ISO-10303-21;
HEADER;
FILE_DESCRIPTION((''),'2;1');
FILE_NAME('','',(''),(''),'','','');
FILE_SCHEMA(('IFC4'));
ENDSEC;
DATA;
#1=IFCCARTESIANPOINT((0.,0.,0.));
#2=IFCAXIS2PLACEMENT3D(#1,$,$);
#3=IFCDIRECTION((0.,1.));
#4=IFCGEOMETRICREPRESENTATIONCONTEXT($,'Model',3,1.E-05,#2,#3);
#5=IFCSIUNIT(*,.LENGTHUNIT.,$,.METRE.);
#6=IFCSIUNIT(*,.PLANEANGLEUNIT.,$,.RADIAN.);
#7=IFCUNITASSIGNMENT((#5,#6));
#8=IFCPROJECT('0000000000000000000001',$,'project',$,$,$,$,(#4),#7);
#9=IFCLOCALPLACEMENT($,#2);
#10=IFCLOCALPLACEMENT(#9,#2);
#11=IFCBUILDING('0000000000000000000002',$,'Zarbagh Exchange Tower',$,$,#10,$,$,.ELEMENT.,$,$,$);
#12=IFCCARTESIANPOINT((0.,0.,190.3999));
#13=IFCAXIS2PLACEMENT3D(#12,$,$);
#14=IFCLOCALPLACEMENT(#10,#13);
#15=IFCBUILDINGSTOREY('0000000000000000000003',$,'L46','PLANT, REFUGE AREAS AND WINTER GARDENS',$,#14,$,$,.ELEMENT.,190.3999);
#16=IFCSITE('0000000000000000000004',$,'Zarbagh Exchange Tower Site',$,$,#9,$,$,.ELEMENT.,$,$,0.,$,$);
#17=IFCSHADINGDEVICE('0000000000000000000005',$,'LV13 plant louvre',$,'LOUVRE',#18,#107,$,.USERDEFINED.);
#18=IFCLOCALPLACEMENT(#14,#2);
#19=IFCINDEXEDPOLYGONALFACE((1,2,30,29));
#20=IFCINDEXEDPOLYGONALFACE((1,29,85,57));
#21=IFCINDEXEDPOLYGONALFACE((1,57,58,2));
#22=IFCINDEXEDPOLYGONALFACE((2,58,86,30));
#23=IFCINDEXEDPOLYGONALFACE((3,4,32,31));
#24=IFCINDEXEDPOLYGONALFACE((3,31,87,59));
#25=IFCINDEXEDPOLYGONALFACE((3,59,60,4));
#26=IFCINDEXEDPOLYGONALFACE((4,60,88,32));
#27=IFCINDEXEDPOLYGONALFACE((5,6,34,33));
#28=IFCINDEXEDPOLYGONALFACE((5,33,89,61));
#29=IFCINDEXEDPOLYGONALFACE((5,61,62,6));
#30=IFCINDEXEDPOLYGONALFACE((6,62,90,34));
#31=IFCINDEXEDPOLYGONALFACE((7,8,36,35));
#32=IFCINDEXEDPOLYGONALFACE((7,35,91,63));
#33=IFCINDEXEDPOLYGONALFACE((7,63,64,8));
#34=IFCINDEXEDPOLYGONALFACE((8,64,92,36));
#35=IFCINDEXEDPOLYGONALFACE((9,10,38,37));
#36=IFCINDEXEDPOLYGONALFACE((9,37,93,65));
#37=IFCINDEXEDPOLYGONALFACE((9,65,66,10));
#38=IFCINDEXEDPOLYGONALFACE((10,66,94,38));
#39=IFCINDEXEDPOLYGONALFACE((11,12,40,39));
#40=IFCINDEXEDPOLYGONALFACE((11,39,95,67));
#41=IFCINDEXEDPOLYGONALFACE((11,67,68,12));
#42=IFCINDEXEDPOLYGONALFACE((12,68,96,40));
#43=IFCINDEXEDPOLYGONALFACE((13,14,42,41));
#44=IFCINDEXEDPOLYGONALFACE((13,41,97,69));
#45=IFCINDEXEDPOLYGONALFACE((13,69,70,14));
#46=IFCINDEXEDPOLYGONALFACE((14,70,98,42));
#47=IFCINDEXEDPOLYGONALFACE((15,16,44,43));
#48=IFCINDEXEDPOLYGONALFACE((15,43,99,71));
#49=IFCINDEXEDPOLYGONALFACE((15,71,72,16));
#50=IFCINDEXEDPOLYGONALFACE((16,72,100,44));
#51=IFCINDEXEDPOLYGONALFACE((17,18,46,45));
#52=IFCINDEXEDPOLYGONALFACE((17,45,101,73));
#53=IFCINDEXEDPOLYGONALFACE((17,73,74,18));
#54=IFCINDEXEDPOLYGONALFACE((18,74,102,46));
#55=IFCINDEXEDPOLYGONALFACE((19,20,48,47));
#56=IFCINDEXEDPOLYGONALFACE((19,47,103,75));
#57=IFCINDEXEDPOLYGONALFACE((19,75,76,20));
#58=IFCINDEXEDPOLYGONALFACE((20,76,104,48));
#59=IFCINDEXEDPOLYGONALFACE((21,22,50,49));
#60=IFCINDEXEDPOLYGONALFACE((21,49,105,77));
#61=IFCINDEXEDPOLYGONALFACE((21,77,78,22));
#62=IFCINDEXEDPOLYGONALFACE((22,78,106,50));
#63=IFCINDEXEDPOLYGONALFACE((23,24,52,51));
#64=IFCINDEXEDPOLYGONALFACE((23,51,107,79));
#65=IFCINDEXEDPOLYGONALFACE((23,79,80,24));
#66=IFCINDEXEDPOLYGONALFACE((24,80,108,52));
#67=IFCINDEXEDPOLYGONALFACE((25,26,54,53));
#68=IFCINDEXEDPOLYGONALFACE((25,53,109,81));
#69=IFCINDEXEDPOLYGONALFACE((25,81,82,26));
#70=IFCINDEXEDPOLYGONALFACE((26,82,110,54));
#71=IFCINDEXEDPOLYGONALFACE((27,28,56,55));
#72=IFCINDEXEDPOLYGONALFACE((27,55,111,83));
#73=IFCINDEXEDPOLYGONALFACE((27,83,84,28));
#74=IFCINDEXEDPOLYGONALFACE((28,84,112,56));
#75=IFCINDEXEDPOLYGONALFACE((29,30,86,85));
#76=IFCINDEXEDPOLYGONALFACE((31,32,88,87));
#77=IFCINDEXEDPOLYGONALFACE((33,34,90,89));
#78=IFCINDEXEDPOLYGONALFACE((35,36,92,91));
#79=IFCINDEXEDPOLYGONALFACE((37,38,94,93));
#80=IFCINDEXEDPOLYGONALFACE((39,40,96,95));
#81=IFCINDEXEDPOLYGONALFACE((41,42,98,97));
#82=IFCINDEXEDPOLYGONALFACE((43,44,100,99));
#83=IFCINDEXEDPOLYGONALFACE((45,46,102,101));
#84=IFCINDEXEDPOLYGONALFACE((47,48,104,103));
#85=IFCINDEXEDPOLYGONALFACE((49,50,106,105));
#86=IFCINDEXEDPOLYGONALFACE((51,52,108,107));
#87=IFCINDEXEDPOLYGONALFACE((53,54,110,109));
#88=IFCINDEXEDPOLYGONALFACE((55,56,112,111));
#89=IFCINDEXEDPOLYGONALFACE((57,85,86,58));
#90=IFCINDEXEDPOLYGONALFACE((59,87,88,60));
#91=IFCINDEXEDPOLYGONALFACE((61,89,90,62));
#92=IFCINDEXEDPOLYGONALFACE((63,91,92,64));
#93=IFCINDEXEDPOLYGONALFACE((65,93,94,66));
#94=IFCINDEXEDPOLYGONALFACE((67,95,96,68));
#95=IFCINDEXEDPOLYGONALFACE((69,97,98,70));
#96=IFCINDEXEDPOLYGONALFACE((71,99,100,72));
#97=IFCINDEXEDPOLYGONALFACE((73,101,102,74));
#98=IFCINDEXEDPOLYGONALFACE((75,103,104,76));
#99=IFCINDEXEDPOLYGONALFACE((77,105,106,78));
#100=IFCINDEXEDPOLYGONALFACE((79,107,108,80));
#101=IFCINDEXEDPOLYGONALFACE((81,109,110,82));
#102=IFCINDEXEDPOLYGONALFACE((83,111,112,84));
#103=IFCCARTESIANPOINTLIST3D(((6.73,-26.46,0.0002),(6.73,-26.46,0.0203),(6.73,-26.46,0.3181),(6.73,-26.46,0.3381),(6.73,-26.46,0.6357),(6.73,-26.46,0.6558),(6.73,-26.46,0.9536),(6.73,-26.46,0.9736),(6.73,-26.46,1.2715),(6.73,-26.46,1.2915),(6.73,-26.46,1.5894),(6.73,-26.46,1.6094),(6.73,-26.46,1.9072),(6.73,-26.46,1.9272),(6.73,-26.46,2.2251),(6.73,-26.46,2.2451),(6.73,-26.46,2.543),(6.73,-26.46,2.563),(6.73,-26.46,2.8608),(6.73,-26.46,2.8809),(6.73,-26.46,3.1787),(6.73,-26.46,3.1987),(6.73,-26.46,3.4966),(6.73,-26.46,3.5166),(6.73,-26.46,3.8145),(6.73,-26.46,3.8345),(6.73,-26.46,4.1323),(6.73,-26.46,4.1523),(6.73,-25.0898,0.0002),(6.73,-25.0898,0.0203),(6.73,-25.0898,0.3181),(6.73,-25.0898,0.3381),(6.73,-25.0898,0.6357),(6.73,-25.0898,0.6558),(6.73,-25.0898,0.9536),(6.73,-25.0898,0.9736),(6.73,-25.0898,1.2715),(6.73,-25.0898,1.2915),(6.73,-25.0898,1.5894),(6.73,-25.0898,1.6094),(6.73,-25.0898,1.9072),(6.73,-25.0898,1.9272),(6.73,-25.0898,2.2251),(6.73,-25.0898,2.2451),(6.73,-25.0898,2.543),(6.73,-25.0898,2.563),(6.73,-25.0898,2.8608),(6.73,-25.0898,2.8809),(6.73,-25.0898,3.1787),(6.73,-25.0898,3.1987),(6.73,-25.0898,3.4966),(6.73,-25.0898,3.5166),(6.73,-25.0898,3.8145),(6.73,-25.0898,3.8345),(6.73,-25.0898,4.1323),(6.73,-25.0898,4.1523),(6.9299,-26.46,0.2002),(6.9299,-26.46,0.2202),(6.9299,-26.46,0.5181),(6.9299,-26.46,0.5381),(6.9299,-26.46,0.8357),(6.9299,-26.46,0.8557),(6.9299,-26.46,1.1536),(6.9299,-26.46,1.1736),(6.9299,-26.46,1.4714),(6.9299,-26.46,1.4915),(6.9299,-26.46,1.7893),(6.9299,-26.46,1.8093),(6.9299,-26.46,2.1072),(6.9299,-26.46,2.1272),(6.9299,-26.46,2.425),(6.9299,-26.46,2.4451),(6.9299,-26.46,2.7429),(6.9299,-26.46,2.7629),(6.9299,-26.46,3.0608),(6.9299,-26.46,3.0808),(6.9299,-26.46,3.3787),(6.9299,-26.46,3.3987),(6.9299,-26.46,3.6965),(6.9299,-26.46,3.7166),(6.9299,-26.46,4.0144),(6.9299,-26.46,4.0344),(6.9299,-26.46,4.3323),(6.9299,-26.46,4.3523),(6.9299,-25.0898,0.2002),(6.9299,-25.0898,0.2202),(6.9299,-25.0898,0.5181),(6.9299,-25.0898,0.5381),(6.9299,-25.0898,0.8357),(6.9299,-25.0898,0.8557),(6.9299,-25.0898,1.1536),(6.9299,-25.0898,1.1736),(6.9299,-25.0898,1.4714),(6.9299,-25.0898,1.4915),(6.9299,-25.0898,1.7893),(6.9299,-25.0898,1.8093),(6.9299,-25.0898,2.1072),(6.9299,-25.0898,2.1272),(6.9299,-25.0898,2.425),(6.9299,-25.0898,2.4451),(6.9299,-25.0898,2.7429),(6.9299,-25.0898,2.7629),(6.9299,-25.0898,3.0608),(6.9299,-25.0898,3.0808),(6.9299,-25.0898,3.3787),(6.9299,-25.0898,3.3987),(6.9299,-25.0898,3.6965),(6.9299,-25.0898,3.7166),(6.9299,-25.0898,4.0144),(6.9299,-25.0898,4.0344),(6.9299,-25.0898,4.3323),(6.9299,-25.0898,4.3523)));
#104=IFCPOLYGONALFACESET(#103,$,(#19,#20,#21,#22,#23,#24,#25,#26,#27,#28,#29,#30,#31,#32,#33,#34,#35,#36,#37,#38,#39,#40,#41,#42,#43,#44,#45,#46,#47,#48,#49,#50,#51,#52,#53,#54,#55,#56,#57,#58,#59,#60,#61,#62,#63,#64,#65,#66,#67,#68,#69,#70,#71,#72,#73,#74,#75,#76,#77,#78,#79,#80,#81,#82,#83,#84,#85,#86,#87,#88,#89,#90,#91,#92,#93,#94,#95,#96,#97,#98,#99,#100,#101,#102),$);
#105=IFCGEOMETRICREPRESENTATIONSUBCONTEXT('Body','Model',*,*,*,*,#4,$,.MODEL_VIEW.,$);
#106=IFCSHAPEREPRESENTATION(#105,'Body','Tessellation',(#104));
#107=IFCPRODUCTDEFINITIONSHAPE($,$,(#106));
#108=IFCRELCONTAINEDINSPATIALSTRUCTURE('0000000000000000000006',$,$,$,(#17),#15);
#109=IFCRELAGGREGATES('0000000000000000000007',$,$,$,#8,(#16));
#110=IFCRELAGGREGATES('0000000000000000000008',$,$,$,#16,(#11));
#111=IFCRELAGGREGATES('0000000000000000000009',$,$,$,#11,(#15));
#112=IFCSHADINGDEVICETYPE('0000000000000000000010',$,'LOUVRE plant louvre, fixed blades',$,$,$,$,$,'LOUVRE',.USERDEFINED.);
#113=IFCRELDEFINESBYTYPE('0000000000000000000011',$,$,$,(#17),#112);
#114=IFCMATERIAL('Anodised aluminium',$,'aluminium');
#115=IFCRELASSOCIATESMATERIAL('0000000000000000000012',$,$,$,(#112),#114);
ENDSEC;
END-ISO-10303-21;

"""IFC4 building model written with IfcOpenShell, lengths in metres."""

from ifc_helpers import new_model, si_unit, direction, frame, origin, place, context, subcontext, project, spatial, polyline, outline, extrude, source, transform, mapped, material, type_object, element, save


model = new_model("IFC4")

# Units and contexts
model_context = context("Model", 3, precision=1e-05, world=origin(), true_north=direction((0.0, 1.0)))
body_context = subcontext(model_context, "Body", "Model", "MODEL_VIEW")
ifc_project = project(units=[si_unit("LENGTHUNIT", "METRE"), si_unit("PLANEANGLEUNIT", "RADIAN")], contexts=[model_context])

# Site, building, storey
site_placement = place(None, origin())
site = spatial("IfcSite", under=ifc_project, at=site_placement, Name="Zarbagh Exchange Tower Site", CompositionType="ELEMENT", RefElevation=0.0)
building_placement = place(site_placement, origin())
building = spatial("IfcBuilding", under=site, at=building_placement, Name="Zarbagh Exchange Tower", CompositionType="ELEMENT")
storey_placement = place(building_placement, frame((0.0, 0.0, 190.3999)))
storey = spatial("IfcBuildingStorey", under=building, at=storey_placement, Name="L46", Description="PLANT, REFUGE AREAS AND WINTER GARDENS", CompositionType="ELEMENT", Elevation=190.3999)

# Shared definitions
placement = place(storey_placement, origin())

# Shared definitions
ifc_material_1 = material(Name="Anodised aluminium", Category="aluminium")
shading_device_type = type_object("IfcShadingDeviceType", Name="LOUVRE plant louvre, fixed blades", ElementType="LOUVRE", PredefinedType="USERDEFINED", material=ifc_material_1)

# Shading device
shared_shape_1 = source(origin(), body_context, "Body", "SweptSolid", [
    extrude(outline(polyline([(0.0, 0.2), (0.2, 0.0), (0.2, -0.02), (0.0, 0.1799), (0.0, 0.2)])), origin(), (0.0, 0.0, 1.0), 1.3701),
])
element("IfcShadingDevice", 1, at=placement, inside=storey, type_object=shading_device_type, Name="LV13 plant louvre", ObjectType="LOUVRE", PredefinedType="USERDEFINED", context=body_context, shape_type="MappedRepresentation", body=[
    mapped(shared_shape_1, transform((6.73, -26.46, 0.2002), x_axis=(1.0, 0.0, 0.0), y_axis=(0.0, 0.0, -1.0), z_axis=(0.0, 1.0, 0.0))),
    mapped(shared_shape_1, transform((6.73, -26.46, 0.5181), x_axis=(1.0, 0.0, 0.0), y_axis=(0.0, 0.0, -1.0), z_axis=(0.0, 1.0, 0.0))),
    mapped(shared_shape_1, transform((6.73, -26.46, 0.8357), x_axis=(1.0, 0.0, 0.0), y_axis=(0.0, 0.0, -1.0), z_axis=(0.0, 1.0, 0.0))),
    mapped(shared_shape_1, transform((6.73, -26.46, 1.1536), x_axis=(1.0, 0.0, 0.0), y_axis=(0.0, 0.0, -1.0), z_axis=(0.0, 1.0, 0.0))),
    mapped(shared_shape_1, transform((6.73, -26.46, 1.4714), x_axis=(1.0, 0.0, 0.0), y_axis=(0.0, 0.0, -1.0), z_axis=(0.0, 1.0, 0.0))),
    mapped(shared_shape_1, transform((6.73, -26.46, 1.7893), x_axis=(1.0, 0.0, 0.0), y_axis=(0.0, 0.0, -1.0), z_axis=(0.0, 1.0, 0.0))),
    mapped(shared_shape_1, transform((6.73, -26.46, 2.1072), x_axis=(1.0, 0.0, 0.0), y_axis=(0.0, 0.0, -1.0), z_axis=(0.0, 1.0, 0.0))),
    mapped(shared_shape_1, transform((6.73, -26.46, 2.425), x_axis=(1.0, 0.0, 0.0), y_axis=(0.0, 0.0, -1.0), z_axis=(0.0, 1.0, 0.0))),
    mapped(shared_shape_1, transform((6.73, -26.46, 2.7429), x_axis=(1.0, 0.0, 0.0), y_axis=(0.0, 0.0, -1.0), z_axis=(0.0, 1.0, 0.0))),
    mapped(shared_shape_1, transform((6.73, -26.46, 3.0608), x_axis=(1.0, 0.0, 0.0), y_axis=(0.0, 0.0, -1.0), z_axis=(0.0, 1.0, 0.0))),
    mapped(shared_shape_1, transform((6.73, -26.46, 3.3787), x_axis=(1.0, 0.0, 0.0), y_axis=(0.0, 0.0, -1.0), z_axis=(0.0, 1.0, 0.0))),
    mapped(shared_shape_1, transform((6.73, -26.46, 3.6965), x_axis=(1.0, 0.0, 0.0), y_axis=(0.0, 0.0, -1.0), z_axis=(0.0, 1.0, 0.0))),
    mapped(shared_shape_1, transform((6.73, -26.46, 4.0144), x_axis=(1.0, 0.0, 0.0), y_axis=(0.0, 0.0, -1.0), z_axis=(0.0, 1.0, 0.0))),
    mapped(shared_shape_1, transform((6.73, -26.46, 4.3323), x_axis=(1.0, 0.0, 0.0), y_axis=(0.0, 0.0, -1.0), z_axis=(0.0, 1.0, 0.0))),
])

save(model, "model.ifc")
